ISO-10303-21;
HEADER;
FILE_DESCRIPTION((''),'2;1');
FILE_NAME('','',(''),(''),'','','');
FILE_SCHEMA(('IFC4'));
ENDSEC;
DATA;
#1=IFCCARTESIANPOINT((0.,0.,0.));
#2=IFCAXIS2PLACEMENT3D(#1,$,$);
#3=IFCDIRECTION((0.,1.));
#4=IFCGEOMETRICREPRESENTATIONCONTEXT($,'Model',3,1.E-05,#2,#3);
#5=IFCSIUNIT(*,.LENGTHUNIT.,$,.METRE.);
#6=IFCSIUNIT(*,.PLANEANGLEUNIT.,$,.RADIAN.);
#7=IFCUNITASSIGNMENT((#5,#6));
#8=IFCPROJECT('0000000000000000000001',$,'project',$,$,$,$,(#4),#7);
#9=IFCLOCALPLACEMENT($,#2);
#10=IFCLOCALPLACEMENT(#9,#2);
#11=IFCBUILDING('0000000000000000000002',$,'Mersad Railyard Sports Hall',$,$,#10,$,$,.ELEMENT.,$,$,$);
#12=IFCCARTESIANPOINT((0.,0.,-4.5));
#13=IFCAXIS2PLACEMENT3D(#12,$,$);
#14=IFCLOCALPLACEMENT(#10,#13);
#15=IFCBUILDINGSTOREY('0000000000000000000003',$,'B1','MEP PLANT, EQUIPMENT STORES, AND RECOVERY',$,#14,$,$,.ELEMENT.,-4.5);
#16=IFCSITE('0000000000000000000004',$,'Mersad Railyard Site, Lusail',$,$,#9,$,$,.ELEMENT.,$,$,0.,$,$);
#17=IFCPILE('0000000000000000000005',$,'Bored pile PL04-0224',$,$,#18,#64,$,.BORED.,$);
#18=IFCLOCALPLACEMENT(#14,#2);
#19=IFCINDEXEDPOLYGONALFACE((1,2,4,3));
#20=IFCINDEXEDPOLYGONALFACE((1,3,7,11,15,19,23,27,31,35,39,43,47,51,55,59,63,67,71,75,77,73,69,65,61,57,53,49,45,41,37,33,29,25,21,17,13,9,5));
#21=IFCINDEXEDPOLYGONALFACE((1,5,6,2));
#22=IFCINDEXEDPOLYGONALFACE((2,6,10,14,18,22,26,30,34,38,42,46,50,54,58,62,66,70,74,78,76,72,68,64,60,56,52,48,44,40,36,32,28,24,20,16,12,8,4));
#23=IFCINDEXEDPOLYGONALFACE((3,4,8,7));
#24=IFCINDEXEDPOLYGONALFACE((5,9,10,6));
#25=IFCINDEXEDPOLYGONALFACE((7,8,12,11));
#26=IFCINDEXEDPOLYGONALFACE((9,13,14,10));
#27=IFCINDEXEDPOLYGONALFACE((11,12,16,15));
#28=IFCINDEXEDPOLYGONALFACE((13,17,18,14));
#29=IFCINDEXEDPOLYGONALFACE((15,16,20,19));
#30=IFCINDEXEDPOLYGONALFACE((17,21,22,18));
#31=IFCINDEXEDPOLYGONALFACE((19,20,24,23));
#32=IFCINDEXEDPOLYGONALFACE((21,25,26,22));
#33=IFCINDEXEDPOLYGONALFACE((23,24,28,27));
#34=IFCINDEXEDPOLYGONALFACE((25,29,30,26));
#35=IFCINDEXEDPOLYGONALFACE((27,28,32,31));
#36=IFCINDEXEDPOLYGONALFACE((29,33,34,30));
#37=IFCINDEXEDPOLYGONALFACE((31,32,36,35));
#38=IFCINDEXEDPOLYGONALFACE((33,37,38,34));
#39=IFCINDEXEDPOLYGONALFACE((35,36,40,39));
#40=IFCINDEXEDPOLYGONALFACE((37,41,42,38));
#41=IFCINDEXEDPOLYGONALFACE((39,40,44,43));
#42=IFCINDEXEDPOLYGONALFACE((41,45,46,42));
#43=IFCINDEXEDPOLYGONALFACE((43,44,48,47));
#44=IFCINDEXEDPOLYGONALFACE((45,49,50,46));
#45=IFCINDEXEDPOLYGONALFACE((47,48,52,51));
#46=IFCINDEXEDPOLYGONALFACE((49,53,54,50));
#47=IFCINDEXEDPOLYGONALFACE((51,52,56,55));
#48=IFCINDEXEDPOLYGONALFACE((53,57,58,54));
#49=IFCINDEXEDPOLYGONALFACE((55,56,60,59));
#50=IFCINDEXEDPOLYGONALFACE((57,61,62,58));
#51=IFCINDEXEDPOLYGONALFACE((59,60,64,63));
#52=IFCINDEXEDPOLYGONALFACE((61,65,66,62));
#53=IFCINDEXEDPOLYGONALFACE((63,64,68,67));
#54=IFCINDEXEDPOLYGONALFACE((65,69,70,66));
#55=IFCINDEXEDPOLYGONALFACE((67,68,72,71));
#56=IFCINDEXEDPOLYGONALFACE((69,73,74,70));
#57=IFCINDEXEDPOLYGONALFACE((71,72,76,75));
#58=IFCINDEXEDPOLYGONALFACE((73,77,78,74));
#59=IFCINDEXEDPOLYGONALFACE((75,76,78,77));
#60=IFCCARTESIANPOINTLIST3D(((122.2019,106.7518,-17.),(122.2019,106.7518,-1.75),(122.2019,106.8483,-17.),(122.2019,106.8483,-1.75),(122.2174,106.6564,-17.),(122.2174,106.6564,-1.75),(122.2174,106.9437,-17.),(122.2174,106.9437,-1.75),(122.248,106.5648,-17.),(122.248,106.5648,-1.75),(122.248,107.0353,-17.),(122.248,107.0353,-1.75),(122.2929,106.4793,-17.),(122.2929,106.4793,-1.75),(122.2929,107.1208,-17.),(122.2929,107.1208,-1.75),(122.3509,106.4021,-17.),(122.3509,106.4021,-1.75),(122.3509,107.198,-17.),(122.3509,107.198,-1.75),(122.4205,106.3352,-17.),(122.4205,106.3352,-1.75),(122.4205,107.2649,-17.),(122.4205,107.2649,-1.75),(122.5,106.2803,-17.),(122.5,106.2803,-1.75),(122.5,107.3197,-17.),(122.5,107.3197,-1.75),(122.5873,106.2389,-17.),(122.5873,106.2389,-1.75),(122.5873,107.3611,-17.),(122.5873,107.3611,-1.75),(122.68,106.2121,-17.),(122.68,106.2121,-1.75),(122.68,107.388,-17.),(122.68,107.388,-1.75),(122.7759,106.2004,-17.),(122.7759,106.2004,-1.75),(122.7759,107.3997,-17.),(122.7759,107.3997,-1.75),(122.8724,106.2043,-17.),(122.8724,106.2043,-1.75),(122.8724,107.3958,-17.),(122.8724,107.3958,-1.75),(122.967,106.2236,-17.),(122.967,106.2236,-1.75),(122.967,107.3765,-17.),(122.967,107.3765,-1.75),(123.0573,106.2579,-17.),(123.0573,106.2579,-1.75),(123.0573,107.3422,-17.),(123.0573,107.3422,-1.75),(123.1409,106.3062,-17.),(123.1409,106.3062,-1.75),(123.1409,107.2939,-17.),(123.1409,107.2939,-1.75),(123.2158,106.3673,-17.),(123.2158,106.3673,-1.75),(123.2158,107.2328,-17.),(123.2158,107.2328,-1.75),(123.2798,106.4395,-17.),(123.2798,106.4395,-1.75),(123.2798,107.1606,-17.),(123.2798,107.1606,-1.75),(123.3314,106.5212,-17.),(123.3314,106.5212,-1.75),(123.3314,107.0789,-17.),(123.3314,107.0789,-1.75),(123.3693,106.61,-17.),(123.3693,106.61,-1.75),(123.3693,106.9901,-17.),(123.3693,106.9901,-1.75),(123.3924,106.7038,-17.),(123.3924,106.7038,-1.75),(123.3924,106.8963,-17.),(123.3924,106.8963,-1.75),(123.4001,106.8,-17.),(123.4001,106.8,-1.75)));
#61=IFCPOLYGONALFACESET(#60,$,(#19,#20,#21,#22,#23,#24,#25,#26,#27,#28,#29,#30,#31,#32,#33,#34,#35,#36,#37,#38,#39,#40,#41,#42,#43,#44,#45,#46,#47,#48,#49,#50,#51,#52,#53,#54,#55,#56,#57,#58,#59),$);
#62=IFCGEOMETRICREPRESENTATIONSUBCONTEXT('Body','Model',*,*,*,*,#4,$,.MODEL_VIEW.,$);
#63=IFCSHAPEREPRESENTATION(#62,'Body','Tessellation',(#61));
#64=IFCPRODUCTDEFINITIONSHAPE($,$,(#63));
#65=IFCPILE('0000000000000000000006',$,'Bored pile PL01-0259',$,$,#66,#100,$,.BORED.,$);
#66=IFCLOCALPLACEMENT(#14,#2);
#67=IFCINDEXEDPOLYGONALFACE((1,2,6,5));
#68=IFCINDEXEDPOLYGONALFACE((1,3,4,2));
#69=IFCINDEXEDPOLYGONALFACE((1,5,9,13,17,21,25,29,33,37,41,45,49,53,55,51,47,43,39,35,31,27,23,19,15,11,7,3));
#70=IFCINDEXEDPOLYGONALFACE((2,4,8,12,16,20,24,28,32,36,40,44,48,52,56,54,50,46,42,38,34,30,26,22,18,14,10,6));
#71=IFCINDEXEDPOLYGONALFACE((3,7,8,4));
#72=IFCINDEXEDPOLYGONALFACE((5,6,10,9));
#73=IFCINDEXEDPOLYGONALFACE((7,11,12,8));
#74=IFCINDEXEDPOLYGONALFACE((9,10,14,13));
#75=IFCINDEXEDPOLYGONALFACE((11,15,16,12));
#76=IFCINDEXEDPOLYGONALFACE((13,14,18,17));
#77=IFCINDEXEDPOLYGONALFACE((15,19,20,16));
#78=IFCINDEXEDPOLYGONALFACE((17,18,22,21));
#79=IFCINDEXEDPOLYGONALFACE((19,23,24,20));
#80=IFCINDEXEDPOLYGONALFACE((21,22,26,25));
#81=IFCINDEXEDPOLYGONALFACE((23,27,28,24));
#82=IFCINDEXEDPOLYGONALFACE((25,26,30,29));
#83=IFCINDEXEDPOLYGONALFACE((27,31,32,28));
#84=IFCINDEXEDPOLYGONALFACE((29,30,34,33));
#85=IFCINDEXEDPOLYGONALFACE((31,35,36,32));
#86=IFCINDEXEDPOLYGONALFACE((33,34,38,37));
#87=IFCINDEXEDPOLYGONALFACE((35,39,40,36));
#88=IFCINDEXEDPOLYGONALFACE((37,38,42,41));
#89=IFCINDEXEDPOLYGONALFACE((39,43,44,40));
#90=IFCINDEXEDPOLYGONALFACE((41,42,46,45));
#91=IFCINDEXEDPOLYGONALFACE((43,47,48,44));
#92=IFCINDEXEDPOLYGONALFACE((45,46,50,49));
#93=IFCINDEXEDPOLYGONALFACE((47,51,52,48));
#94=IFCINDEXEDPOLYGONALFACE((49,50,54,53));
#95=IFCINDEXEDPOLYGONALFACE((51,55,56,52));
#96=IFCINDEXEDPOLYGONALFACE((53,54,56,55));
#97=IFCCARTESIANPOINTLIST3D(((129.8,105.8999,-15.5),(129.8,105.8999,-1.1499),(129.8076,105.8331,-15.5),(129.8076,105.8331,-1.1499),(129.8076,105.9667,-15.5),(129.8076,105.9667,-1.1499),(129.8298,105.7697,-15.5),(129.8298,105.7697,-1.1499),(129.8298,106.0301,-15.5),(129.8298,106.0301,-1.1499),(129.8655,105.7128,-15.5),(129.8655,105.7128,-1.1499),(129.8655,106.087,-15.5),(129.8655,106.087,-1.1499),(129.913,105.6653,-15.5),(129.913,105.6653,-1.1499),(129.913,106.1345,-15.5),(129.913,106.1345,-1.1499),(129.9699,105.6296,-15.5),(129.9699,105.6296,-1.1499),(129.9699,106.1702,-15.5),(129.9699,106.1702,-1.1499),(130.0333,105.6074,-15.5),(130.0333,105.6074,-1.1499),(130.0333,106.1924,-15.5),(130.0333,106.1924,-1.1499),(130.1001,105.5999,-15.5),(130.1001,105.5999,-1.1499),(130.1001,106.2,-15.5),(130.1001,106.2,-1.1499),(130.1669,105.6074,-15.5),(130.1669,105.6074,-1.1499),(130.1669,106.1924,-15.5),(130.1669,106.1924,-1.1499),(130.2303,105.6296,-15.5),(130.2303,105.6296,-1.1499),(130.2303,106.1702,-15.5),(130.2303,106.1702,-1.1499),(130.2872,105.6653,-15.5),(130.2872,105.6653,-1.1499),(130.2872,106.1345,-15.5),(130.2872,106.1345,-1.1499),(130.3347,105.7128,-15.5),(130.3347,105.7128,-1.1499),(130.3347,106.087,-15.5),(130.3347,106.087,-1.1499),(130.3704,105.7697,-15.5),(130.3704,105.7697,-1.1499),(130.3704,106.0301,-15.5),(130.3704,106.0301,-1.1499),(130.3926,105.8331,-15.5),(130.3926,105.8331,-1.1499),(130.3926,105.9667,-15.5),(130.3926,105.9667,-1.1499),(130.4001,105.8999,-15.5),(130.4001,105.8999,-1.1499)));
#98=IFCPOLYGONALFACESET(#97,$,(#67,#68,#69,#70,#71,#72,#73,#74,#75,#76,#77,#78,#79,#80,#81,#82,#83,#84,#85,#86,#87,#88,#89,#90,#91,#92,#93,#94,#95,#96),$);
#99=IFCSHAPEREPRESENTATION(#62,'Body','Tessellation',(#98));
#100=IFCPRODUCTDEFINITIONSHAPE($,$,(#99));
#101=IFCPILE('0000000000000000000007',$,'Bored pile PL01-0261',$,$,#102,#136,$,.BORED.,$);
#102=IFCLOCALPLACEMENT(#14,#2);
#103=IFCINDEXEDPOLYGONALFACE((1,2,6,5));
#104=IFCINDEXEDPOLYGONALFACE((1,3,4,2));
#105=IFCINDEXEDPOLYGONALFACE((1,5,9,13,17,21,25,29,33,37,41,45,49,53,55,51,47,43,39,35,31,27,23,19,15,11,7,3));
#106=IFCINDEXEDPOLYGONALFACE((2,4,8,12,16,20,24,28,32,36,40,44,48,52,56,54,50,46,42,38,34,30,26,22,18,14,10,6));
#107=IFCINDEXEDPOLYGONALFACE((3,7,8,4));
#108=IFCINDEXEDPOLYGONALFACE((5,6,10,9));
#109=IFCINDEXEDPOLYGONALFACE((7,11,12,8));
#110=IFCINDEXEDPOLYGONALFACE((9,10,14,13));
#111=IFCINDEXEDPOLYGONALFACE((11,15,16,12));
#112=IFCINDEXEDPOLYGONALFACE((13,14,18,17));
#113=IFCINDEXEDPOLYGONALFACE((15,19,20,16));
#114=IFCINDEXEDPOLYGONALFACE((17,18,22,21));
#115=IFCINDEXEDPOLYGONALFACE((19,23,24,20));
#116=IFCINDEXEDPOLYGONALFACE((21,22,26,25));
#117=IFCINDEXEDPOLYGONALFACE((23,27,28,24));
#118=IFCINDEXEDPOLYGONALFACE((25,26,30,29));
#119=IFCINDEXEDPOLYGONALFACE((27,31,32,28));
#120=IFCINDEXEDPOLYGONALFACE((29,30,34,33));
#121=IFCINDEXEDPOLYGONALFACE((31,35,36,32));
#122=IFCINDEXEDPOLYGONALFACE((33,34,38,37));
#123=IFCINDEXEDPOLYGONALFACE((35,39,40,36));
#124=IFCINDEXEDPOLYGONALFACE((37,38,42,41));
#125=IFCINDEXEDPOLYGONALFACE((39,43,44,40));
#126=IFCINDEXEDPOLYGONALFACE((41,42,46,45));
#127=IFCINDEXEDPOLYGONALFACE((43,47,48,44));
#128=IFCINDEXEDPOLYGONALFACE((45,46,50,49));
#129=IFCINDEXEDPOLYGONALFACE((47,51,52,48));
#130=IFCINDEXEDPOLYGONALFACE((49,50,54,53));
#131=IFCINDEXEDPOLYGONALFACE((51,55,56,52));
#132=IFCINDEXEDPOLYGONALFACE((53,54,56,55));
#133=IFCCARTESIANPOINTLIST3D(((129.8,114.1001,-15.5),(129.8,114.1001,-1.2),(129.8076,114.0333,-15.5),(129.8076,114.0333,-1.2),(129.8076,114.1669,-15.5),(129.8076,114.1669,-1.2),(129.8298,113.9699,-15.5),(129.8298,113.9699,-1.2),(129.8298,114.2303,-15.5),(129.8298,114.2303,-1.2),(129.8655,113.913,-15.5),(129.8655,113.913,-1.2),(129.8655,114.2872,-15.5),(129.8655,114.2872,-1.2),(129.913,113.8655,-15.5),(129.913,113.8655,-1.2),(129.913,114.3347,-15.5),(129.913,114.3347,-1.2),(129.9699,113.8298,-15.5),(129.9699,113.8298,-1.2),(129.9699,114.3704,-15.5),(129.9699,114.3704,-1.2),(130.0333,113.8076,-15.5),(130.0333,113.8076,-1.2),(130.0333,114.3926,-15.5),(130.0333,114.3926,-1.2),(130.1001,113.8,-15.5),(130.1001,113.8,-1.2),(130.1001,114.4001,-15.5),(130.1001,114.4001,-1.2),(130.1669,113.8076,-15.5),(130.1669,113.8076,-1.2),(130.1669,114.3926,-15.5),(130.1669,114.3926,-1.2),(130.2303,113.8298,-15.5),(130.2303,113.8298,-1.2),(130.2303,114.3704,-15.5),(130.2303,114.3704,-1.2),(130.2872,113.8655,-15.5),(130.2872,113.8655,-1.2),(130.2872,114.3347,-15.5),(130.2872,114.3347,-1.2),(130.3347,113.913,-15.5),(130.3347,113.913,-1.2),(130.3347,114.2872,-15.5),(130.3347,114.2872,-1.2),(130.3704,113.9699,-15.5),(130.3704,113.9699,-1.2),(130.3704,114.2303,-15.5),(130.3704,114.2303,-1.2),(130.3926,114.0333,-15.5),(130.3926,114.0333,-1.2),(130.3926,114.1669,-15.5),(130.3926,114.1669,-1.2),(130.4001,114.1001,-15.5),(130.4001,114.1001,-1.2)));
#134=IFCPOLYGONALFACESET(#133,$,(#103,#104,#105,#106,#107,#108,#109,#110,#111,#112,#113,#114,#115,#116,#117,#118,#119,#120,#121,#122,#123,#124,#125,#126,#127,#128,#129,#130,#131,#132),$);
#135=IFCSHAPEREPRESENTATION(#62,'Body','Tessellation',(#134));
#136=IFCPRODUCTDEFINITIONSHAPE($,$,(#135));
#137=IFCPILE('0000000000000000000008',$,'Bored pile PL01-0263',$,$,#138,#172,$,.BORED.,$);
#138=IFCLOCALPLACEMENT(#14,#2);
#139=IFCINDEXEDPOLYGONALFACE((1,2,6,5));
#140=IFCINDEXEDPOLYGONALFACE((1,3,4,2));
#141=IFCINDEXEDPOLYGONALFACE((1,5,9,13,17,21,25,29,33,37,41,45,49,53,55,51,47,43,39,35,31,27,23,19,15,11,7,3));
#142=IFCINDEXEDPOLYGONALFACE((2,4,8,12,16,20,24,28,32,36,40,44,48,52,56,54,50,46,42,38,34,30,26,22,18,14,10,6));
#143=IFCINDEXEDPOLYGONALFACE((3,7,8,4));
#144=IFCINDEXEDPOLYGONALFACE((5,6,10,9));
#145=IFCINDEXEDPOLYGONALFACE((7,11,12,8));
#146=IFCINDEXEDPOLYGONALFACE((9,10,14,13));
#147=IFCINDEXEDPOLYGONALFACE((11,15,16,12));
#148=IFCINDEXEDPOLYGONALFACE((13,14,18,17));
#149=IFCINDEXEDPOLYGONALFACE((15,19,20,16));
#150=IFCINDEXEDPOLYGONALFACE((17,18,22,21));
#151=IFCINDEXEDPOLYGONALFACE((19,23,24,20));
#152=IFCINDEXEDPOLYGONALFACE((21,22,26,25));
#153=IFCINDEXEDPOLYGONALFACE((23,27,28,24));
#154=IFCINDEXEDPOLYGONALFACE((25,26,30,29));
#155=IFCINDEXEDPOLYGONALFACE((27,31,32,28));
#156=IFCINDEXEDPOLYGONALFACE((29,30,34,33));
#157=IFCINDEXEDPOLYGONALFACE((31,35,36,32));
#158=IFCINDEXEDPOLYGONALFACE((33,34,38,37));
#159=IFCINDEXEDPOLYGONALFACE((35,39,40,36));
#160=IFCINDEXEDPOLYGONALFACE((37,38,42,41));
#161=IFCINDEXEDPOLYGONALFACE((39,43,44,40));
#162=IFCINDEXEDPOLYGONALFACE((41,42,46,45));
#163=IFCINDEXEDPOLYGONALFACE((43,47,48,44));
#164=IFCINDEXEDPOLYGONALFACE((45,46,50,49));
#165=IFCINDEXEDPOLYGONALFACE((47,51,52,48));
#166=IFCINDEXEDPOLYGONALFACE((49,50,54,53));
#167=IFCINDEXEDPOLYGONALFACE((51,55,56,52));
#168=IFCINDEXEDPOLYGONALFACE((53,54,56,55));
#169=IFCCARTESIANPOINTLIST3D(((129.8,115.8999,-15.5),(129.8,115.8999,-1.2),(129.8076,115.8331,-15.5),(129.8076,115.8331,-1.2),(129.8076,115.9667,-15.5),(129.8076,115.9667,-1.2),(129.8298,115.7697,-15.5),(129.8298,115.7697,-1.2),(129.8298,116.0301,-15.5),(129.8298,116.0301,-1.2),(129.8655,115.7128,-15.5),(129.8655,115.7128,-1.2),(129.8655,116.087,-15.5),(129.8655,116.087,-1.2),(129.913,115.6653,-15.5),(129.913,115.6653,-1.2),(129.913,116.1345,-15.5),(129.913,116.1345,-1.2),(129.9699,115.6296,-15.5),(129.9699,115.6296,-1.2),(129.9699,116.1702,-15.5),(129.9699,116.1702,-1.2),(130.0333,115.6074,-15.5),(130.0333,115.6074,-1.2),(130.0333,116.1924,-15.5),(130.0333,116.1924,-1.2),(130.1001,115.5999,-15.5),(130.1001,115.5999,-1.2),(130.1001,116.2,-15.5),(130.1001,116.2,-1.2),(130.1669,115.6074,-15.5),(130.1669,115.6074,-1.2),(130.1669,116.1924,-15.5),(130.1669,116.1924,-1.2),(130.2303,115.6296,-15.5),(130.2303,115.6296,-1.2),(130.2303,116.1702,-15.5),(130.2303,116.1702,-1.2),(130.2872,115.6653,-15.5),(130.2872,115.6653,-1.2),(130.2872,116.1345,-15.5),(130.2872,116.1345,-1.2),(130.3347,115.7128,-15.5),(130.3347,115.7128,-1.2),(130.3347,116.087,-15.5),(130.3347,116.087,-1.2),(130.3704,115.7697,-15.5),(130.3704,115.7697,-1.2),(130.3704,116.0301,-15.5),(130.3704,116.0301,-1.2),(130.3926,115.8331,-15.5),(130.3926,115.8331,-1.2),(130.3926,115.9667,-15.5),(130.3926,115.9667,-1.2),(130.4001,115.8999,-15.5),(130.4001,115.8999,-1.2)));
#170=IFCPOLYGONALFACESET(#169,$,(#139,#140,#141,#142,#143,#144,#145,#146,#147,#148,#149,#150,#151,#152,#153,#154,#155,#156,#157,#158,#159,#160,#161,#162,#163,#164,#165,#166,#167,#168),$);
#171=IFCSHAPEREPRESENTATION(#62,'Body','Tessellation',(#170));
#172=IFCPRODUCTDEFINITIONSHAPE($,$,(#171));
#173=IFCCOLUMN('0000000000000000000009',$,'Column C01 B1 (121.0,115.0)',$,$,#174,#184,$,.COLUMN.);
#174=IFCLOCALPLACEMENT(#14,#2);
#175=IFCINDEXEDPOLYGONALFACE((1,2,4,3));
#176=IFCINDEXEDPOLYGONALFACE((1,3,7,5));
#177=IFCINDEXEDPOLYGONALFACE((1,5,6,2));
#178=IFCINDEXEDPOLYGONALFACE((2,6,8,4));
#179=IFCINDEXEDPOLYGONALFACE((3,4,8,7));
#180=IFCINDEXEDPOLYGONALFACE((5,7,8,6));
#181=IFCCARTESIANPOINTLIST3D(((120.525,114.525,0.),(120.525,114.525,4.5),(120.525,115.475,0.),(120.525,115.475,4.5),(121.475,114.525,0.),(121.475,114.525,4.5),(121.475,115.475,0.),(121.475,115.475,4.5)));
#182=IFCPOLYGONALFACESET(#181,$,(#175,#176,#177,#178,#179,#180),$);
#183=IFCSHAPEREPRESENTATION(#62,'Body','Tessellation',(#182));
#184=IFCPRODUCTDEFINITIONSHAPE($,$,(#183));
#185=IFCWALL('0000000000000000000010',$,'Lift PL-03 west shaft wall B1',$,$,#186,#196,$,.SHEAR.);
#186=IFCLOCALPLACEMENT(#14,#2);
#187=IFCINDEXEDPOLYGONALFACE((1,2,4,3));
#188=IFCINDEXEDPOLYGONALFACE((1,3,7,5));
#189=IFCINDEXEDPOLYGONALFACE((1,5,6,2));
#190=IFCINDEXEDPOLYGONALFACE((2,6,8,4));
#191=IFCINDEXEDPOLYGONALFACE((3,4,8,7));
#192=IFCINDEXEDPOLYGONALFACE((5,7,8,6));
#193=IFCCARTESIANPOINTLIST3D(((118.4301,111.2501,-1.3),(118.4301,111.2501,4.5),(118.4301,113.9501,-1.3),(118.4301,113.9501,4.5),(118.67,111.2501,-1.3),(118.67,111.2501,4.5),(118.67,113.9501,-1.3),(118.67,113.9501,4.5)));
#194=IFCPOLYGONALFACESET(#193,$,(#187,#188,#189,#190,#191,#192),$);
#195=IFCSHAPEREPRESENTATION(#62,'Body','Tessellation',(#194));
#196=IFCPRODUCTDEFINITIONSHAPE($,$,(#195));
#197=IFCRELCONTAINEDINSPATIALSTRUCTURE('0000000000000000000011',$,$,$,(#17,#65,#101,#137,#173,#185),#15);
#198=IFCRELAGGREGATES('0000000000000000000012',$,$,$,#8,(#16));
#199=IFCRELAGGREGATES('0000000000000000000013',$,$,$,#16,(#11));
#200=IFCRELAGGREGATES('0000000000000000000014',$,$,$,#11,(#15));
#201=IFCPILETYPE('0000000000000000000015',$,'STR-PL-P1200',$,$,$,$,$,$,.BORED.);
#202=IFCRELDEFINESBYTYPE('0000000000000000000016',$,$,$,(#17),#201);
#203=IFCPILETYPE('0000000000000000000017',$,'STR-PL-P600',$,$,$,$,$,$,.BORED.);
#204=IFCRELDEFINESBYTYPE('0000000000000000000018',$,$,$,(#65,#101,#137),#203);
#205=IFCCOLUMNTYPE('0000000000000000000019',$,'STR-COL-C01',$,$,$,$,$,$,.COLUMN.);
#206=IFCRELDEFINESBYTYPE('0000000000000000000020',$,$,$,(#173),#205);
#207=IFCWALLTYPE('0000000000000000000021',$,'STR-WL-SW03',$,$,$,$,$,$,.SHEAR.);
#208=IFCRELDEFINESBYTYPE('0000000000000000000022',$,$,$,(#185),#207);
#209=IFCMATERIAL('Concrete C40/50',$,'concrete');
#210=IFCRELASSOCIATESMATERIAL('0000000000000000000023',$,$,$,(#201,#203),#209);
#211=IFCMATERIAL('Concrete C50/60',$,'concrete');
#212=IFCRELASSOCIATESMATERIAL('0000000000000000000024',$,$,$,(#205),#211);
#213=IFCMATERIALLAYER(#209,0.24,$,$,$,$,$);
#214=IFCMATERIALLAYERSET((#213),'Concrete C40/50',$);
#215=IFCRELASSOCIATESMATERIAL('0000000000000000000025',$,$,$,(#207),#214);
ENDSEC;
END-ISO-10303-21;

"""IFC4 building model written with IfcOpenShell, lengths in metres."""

from ifc_helpers import new_model, si_unit, direction, frame, frame_2d, origin, origin_2d, place, context, subcontext, project, spatial, rectangle, circle, extrude, material, layer, layer_set, material_profile, profile_set, type_object, element, save


model = new_model("IFC4")

# Units and contexts
model_context = context("Model", 3, precision=1e-05, world=origin(), true_north=direction((0.0, 1.0)))
body_context = subcontext(model_context, "Body", "Model", "MODEL_VIEW")
ifc_project = project(units=[si_unit("LENGTHUNIT", "METRE"), si_unit("PLANEANGLEUNIT", "RADIAN")], contexts=[model_context])

# Site, building, storey
site_placement = place(None, origin())
site = spatial("IfcSite", under=ifc_project, at=site_placement, Name="Mersad Railyard Site, Lusail", CompositionType="ELEMENT", RefElevation=0.0)
building_placement = place(site_placement, origin())
building = spatial("IfcBuilding", under=site, at=building_placement, Name="Mersad Railyard Sports Hall", CompositionType="ELEMENT")
storey_placement = place(building_placement, frame((0.0, 0.0, -4.5)))
storey = spatial("IfcBuildingStorey", under=building, at=storey_placement, Name="B1", Description="MEP PLANT, EQUIPMENT STORES, AND RECOVERY", CompositionType="ELEMENT", Elevation=-4.5)

# Shared definitions
ifc_material_1 = material(Name="Concrete C40/50", Category="concrete")

# Piles
ifc_material_profile_1 = material_profile(ifc_material_1, circle(Radius=0.6001, at=origin_2d()), Name="BORED PILE D1200")
ifc_profile_set_1 = profile_set([ifc_material_profile_1], Name="Concrete C40/50")
pile_type_1 = type_object("IfcPileType", Name="STR-PL-P1200", PredefinedType="BORED", material=ifc_profile_set_1)
for number, where, z_axis, x_axis, name in (
    (1, (122.8, 106.8, -1.75), (0.0, 0.0, -1.0), (1.0, 0.0, 0.0), "Bored pile PL04-0224"),
):
    element("IfcPile", number, at=place(storey_placement, frame(where, z_axis=z_axis, x_axis=x_axis)), inside=storey, type_object=pile_type_1, Name=name, PredefinedType="BORED", context=body_context, shape_type="SweptSolid", body=[
        extrude(circle(Radius=0.6001, at=origin_2d()), origin(), (0.0, 0.0, 1.0), 15.25),
    ])
ifc_material_profile_2 = material_profile(ifc_material_1, circle(Radius=0.3, at=origin_2d()), Name="BORED PILE D600")
ifc_profile_set_2 = profile_set([ifc_material_profile_2], Name="Concrete C40/50")
pile_type_2 = type_object("IfcPileType", Name="STR-PL-P600", PredefinedType="BORED", material=ifc_profile_set_2)
pile_placement = place(storey_placement, frame((130.1001, 105.8999, -1.1499), z_axis=(0.0, 0.0, -1.0), x_axis=(1.0, 0.0, 0.0)))
element("IfcPile", 2, at=pile_placement, inside=storey, type_object=pile_type_2, Name="Bored pile PL01-0259", PredefinedType="BORED", context=body_context, shape_type="SweptSolid", body=[
    extrude(circle(Radius=0.3, at=origin_2d()), origin(), (0.0, 0.0, 1.0), 14.3501),
])
for number, where, z_axis, x_axis, name in (
    (3, (130.1001, 114.1001, -1.2), (0.0, 0.0, -1.0), (1.0, 0.0, 0.0), "Bored pile PL01-0261"),
    (4, (130.1001, 115.8999, -1.2), (0.0, 0.0, -1.0), (1.0, 0.0, 0.0), "Bored pile PL01-0263"),
):
    element("IfcPile", number, at=place(storey_placement, frame(where, z_axis=z_axis, x_axis=x_axis)), inside=storey, type_object=pile_type_2, Name=name, PredefinedType="BORED", context=body_context, shape_type="SweptSolid", body=[
        extrude(circle(Radius=0.3, at=origin_2d()), origin(), (0.0, 0.0, 1.0), 14.3),
    ])

# Column
ifc_material_2 = material(Name="Concrete C50/60", Category="concrete")
ifc_material_profile_3 = material_profile(ifc_material_2, rectangle(XDim=0.95, YDim=0.95, at=origin_2d()), Name="RC 950x950")
ifc_profile_set_3 = profile_set([ifc_material_profile_3], Name="Concrete C50/60")
column_type = type_object("IfcColumnType", Name="STR-COL-C01", PredefinedType="COLUMN", material=ifc_profile_set_3)
column_placement = place(storey_placement, frame((121.0, 115.0, 0.0), z_axis=(0.0, 0.0, 1.0), x_axis=(1.0, 0.0, 0.0)))
element("IfcColumn", 5, at=column_placement, inside=storey, type_object=column_type, Name="Column C01 B1 (121.0,115.0)", PredefinedType="COLUMN", context=body_context, shape_type="SweptSolid", body=[
    extrude(rectangle(XDim=0.95, YDim=0.95, at=origin_2d()), origin(), (0.0, 0.0, 1.0), 4.5),
])

# Wall
ifc_layer = layer(ifc_material_1, 0.24)
ifc_layer_set = layer_set([ifc_layer], Name="Concrete C40/50")
wall_type = type_object("IfcWallType", Name="STR-WL-SW03", PredefinedType="SHEAR", material=ifc_layer_set)
wall_1_placement = place(storey_placement, frame((118.55, 111.25, -1.3), z_axis=(0.0, 0.0, 1.0), x_axis=(0.0, 1.0, 0.0)))
element("IfcWall", 6, at=wall_1_placement, inside=storey, type_object=wall_type, Name="Lift PL-03 west shaft wall B1", PredefinedType="SHEAR", context=body_context, shape_type="SweptSolid", body=[
    extrude(rectangle(XDim=2.7, YDim=0.24, at=frame_2d((1.3501, 0.0))), origin(), (0.0, 0.0, 1.0), 5.8),
])

save(model, "model.ifc")
